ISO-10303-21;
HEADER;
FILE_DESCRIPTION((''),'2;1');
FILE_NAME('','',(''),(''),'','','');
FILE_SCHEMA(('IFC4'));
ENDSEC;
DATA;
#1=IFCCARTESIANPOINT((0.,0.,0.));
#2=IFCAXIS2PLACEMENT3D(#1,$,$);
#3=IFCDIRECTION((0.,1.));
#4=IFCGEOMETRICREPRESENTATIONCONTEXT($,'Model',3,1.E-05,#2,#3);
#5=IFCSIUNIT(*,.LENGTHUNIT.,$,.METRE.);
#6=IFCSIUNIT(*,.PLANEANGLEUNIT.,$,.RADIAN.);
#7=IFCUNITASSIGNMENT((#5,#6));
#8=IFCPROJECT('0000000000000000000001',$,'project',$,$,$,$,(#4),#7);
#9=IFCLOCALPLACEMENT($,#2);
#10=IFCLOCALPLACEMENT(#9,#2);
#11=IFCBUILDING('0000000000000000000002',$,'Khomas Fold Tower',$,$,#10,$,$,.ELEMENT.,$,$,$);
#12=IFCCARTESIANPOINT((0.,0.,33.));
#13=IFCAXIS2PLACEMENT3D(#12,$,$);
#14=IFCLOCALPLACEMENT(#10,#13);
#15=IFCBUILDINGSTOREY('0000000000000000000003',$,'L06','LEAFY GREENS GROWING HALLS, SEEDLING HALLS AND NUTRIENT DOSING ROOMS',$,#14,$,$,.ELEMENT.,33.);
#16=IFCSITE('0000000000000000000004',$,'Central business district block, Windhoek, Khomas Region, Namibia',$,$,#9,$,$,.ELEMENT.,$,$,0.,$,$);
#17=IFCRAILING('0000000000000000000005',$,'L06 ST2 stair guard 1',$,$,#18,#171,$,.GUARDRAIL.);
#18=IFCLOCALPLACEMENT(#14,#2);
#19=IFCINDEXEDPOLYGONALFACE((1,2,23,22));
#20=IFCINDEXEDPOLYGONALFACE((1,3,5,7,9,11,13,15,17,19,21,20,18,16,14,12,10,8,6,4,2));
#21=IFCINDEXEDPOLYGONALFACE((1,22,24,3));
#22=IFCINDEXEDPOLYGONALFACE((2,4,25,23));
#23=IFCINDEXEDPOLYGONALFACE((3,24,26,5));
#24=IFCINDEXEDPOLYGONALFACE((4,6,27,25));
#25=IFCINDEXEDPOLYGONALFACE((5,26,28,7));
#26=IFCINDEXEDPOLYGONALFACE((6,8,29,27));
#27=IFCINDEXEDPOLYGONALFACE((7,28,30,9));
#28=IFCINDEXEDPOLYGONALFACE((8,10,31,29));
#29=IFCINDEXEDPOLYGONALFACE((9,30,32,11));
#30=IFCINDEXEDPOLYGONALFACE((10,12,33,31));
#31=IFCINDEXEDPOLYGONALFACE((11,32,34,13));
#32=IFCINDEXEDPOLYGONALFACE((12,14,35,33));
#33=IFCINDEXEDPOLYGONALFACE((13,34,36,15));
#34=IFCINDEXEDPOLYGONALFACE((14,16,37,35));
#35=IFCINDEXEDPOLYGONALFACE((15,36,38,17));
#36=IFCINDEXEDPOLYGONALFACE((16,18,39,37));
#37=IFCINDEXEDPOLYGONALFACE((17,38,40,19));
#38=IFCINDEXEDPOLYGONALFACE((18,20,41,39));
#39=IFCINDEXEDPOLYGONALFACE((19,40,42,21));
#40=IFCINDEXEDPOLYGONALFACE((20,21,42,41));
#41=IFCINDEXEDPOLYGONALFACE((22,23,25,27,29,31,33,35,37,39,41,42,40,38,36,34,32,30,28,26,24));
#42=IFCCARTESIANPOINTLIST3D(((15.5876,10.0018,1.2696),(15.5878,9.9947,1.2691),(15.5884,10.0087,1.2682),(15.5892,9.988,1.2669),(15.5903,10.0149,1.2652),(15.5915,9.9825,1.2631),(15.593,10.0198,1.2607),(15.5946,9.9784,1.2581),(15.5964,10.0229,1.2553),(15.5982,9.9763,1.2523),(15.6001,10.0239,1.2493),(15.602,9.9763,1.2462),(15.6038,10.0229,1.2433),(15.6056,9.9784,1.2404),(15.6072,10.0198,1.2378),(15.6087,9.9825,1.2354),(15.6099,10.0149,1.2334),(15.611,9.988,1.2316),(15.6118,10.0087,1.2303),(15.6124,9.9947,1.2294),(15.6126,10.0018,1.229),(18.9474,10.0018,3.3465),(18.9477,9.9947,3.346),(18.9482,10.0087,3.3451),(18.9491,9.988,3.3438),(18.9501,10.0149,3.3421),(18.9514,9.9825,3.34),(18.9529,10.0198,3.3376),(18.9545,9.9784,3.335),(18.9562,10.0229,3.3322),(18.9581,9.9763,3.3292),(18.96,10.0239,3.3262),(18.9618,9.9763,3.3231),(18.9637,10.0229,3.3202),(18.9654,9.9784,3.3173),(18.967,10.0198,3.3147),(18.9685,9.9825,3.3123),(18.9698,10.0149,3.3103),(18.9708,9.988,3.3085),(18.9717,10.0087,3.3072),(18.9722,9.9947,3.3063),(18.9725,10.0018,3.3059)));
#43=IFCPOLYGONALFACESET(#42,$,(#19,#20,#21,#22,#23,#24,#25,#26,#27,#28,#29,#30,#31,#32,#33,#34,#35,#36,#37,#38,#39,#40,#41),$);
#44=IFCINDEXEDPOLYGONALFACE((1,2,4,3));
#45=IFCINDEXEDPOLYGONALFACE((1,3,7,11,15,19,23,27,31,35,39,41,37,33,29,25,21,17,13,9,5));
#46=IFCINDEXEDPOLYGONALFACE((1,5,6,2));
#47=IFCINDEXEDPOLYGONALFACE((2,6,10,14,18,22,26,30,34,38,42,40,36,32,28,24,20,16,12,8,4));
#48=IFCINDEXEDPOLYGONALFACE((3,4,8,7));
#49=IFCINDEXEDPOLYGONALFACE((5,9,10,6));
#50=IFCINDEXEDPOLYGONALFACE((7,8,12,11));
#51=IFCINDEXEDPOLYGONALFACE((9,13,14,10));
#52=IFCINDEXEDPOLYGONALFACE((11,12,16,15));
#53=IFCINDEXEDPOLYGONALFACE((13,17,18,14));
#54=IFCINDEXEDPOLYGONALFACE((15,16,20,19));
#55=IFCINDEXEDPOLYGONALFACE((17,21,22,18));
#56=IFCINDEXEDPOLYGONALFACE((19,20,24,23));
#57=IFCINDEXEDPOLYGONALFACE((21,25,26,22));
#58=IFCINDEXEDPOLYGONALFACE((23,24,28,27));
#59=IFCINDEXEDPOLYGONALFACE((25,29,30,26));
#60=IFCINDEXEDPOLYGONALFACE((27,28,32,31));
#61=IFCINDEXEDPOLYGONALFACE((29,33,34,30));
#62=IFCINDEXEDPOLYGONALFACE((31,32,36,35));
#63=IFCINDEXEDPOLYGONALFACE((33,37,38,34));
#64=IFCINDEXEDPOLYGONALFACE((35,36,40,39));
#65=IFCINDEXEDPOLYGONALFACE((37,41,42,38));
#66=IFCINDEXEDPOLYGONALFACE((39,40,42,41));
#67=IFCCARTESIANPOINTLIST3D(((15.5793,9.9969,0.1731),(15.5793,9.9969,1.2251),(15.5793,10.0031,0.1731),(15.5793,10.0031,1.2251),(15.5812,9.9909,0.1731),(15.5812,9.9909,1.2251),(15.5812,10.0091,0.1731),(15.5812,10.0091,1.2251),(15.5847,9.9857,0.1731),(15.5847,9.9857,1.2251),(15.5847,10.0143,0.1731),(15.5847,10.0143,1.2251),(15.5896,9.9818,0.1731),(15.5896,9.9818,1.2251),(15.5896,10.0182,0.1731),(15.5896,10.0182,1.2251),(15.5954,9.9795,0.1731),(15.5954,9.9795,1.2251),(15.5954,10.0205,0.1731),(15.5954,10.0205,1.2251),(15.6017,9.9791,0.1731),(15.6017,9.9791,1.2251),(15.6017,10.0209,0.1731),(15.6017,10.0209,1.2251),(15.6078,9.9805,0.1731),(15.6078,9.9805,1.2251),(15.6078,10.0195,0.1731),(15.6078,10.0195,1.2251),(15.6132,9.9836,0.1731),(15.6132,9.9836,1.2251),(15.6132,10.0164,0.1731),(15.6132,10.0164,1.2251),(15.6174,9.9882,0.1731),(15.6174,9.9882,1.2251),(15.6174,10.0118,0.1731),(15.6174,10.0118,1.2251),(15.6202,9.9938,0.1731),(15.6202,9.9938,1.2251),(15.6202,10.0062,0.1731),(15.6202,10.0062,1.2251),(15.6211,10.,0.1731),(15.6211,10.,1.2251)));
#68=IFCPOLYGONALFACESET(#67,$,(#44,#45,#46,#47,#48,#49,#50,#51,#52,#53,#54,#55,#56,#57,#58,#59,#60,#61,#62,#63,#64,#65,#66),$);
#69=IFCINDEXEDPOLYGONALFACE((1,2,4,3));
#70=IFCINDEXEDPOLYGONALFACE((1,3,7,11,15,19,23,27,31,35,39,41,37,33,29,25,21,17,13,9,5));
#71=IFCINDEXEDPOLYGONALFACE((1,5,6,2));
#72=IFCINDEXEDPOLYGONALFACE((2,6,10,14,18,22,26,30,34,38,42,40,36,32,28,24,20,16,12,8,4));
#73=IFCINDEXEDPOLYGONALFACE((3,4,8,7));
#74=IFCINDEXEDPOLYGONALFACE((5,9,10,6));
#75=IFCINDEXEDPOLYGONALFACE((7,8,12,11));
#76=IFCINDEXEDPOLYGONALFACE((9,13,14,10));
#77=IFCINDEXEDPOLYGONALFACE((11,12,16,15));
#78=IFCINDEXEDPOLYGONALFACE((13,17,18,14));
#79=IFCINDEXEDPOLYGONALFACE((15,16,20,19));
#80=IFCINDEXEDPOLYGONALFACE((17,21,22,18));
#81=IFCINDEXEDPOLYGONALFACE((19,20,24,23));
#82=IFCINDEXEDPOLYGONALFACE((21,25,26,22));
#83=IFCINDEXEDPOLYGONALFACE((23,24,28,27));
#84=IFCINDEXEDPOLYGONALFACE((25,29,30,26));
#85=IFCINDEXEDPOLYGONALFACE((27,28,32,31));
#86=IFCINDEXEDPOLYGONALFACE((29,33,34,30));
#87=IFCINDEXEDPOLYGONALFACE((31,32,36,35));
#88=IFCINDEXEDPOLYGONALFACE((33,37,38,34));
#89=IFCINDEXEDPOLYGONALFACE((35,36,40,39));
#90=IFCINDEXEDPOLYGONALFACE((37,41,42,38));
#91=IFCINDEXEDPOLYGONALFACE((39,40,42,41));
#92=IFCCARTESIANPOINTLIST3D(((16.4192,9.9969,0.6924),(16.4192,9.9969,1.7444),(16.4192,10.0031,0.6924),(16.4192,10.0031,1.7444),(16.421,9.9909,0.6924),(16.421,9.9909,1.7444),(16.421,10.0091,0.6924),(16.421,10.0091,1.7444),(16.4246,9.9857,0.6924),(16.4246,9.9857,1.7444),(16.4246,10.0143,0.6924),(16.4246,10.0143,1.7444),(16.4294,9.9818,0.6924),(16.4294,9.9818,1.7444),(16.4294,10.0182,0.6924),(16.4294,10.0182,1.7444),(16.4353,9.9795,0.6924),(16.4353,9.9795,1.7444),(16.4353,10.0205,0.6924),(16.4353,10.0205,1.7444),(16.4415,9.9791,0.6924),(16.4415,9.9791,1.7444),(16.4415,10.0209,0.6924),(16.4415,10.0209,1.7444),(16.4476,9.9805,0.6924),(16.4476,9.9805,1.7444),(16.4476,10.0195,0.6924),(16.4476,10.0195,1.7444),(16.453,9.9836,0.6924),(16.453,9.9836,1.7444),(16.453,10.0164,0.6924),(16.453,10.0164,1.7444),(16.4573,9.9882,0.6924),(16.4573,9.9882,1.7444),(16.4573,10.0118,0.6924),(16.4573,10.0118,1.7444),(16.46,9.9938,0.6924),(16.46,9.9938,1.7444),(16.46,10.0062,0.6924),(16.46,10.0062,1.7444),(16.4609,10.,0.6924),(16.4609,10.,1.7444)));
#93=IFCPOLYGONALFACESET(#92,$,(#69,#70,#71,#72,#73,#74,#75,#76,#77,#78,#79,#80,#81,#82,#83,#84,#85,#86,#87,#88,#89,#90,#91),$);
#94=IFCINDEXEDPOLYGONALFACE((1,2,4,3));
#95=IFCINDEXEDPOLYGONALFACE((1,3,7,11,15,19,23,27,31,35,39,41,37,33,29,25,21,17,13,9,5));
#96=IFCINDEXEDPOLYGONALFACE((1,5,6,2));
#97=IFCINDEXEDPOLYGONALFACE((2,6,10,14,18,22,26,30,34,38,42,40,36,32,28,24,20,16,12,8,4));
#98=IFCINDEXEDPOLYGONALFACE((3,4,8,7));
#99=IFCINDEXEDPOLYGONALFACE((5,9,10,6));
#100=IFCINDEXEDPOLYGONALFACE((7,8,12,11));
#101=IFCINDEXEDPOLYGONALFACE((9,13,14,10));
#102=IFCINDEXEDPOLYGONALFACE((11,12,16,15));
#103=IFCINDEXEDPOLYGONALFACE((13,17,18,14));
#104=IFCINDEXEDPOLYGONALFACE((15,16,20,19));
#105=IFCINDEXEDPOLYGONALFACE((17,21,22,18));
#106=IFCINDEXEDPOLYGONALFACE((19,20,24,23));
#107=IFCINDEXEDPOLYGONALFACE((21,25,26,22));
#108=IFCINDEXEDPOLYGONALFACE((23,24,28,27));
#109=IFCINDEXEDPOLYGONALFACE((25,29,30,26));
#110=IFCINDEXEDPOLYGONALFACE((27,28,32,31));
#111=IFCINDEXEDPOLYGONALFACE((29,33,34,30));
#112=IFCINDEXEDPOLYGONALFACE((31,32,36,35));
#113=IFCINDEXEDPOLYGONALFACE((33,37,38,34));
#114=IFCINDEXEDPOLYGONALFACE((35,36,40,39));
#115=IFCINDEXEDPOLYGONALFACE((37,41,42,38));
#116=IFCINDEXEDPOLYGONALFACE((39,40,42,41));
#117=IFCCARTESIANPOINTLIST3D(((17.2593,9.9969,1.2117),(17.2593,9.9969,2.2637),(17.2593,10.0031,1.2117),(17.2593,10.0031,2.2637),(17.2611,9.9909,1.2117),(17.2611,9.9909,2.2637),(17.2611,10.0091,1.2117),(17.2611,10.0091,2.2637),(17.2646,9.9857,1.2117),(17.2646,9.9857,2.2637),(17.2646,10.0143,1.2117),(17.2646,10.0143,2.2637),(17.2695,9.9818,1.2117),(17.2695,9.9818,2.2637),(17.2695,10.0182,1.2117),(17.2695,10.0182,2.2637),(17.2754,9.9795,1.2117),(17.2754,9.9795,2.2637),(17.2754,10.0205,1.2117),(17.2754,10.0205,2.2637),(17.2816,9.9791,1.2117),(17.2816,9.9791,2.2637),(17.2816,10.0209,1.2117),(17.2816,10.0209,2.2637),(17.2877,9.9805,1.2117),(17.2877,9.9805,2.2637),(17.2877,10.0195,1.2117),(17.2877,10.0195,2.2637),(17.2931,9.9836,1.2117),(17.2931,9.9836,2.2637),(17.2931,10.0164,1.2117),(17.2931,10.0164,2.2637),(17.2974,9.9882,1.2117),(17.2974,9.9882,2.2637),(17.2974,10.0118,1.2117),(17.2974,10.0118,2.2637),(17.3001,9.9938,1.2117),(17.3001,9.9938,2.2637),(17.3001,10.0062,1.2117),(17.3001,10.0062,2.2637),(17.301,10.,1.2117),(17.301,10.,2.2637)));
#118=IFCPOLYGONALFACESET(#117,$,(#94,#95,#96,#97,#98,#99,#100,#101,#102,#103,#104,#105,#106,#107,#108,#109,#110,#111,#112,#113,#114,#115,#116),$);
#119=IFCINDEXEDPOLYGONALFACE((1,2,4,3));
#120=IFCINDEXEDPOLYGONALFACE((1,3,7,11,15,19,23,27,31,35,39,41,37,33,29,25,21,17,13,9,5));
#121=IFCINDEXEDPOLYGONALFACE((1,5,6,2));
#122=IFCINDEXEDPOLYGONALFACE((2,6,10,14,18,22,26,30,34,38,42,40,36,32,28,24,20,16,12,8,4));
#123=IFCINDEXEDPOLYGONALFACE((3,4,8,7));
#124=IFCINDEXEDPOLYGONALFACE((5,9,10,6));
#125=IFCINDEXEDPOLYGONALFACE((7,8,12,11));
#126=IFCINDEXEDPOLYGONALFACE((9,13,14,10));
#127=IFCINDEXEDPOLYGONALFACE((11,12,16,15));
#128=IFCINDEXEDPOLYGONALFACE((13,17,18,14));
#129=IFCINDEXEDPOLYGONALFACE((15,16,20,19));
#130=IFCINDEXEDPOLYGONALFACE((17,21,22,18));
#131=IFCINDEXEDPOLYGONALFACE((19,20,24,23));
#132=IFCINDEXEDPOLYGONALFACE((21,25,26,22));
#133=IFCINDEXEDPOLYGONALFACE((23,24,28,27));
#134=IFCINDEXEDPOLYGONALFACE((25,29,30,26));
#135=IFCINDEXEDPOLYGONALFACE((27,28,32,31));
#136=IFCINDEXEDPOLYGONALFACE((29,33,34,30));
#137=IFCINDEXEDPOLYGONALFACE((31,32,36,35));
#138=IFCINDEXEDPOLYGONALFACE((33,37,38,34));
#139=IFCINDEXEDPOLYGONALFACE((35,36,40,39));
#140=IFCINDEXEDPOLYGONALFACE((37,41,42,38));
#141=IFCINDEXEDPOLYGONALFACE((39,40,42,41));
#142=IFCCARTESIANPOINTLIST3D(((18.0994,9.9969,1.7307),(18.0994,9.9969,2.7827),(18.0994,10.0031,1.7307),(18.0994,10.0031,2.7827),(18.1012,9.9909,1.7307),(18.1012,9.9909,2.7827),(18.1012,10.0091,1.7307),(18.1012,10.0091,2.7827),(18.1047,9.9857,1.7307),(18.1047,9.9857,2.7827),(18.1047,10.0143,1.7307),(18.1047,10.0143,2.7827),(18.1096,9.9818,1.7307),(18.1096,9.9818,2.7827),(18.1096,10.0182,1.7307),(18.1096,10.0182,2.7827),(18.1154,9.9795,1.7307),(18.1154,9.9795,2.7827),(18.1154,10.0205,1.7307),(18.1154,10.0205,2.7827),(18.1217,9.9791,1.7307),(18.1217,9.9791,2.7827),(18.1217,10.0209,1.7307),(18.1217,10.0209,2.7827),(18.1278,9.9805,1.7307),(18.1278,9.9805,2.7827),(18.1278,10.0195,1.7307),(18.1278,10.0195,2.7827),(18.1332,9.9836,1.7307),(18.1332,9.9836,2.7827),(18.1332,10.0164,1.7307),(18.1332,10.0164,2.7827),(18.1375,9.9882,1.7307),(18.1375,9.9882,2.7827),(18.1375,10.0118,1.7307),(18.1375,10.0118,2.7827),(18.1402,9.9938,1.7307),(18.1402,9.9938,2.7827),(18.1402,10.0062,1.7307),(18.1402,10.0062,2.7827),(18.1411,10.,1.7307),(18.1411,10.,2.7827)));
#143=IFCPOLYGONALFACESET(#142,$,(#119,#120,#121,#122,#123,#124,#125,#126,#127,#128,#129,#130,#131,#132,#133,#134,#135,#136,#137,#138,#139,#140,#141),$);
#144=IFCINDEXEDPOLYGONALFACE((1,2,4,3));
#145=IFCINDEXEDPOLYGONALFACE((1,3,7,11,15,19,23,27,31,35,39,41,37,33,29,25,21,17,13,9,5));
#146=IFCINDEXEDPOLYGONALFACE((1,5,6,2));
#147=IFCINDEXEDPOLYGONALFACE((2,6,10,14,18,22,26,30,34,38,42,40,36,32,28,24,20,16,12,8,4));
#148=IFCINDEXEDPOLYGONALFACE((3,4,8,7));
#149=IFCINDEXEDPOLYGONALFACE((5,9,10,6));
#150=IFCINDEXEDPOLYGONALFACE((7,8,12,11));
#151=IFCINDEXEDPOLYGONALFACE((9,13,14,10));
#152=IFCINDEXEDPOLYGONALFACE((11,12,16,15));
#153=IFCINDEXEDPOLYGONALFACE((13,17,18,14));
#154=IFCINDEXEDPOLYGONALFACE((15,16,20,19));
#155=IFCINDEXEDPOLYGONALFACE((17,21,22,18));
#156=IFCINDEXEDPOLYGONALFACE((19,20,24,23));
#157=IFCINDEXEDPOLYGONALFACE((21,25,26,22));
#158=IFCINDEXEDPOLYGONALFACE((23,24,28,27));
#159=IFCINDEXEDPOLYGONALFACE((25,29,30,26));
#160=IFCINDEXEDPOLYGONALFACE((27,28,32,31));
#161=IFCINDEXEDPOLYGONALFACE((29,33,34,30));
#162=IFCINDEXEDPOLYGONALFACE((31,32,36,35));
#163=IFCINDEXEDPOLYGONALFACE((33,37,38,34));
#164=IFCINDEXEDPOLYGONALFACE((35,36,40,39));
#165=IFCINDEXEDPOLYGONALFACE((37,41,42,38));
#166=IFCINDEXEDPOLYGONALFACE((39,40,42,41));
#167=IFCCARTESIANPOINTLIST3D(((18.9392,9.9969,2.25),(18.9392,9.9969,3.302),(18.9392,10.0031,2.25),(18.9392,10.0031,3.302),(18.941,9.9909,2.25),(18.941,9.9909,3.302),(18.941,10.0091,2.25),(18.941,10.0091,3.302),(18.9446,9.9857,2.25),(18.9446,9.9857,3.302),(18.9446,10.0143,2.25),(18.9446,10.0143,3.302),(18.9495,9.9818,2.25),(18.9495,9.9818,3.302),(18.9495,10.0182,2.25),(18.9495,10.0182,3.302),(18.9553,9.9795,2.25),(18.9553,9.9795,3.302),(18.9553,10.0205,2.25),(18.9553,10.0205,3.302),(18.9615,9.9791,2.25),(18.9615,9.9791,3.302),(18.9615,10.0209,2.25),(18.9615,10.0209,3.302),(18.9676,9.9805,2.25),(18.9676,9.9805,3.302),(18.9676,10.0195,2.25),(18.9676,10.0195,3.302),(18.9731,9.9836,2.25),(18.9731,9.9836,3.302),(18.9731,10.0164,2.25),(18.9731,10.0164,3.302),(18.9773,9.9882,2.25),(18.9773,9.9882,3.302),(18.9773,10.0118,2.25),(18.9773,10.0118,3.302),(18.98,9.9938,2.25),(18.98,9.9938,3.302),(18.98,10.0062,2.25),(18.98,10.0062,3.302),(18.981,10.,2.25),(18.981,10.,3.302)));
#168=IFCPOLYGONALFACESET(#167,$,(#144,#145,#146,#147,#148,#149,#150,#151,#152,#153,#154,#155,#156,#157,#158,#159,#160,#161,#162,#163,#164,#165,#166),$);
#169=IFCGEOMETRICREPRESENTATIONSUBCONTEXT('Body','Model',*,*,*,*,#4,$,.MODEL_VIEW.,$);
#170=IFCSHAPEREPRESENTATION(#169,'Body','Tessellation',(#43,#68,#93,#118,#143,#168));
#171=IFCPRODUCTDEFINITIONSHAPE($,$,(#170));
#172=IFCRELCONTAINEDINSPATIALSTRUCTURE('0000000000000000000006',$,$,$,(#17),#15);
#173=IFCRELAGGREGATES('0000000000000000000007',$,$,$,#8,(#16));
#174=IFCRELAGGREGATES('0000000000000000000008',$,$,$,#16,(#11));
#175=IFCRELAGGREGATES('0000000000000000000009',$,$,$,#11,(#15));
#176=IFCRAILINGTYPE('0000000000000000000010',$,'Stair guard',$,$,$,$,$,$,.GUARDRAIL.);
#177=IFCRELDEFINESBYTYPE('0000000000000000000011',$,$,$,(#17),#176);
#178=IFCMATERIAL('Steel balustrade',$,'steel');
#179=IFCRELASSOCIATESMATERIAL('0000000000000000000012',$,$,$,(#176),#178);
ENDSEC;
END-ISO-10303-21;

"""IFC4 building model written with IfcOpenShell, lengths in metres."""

from ifc_helpers import new_model, si_unit, direction, frame, origin, origin_2d, place, context, subcontext, project, spatial, circle, extrude, source, transform, mapped, material, type_object, element, save


model = new_model("IFC4")

# Units and contexts
model_context = context("Model", 3, precision=1e-05, world=origin(), true_north=direction((0.0, 1.0)))
body_context = subcontext(model_context, "Body", "Model", "MODEL_VIEW")
ifc_project = project(units=[si_unit("LENGTHUNIT", "METRE"), si_unit("PLANEANGLEUNIT", "RADIAN")], contexts=[model_context])

# Site, building, storey
site_placement = place(None, origin())
site = spatial("IfcSite", under=ifc_project, at=site_placement, Name="Central business district block, Windhoek, Khomas Region, Namibia", CompositionType="ELEMENT", RefElevation=0.0)
building_placement = place(site_placement, origin())
building = spatial("IfcBuilding", under=site, at=building_placement, Name="Khomas Fold Tower", CompositionType="ELEMENT")
storey_placement = place(building_placement, frame((0.0, 0.0, 33.0)))
storey = spatial("IfcBuildingStorey", under=building, at=storey_placement, Name="L06", Description="LEAFY GREENS GROWING HALLS, SEEDLING HALLS AND NUTRIENT DOSING ROOMS", CompositionType="ELEMENT", Elevation=33.0)

# Railing
ifc_material_1 = material(Name="Steel balustrade", Category="steel")
railing_type_1 = type_object("IfcRailingType", Name="Stair guard", PredefinedType="GUARDRAIL", material=ifc_material_1)
shared_shape_1 = source(origin(), body_context, "Body", "SweptSolid", [
    extrude(circle(Radius=0.0239, at=origin_2d()), frame((0.0, 0.0, 1.0762), z_axis=(0.850606, 0.0, 0.525803), x_axis=(0.0, 1.0, 0.0)), (0.0, 0.0, 1.0), 3.95),
    extrude(circle(Radius=0.021, at=origin_2d()), origin(), (0.0, 0.0, 1.0), 1.052),
    extrude(circle(Radius=0.021, at=origin_2d()), frame((0.8398, 0.0, 0.5193)), (0.0, 0.0, 1.0), 1.052),
    extrude(circle(Radius=0.021, at=origin_2d()), frame((1.6799, 0.0, 1.0386)), (0.0, 0.0, 1.0), 1.052),
    extrude(circle(Radius=0.021, at=origin_2d()), frame((2.52, 0.0, 1.5576)), (0.0, 0.0, 1.0), 1.052),
    extrude(circle(Radius=0.021, at=origin_2d()), frame((3.3599, 0.0, 2.0769)), (0.0, 0.0, 1.0), 1.052),
])
railing_1_placement = place(storey_placement, frame((15.6001, 10.0, 0.1731)))
element("IfcRailing", 1, at=railing_1_placement, inside=storey, type_object=railing_type_1, Name="L06 ST2 stair guard 1", PredefinedType="GUARDRAIL", context=body_context, shape_type="MappedRepresentation", body=[
    mapped(shared_shape_1, transform((0.0, 0.0, 0.0))),
])

save(model, "model.ifc")
